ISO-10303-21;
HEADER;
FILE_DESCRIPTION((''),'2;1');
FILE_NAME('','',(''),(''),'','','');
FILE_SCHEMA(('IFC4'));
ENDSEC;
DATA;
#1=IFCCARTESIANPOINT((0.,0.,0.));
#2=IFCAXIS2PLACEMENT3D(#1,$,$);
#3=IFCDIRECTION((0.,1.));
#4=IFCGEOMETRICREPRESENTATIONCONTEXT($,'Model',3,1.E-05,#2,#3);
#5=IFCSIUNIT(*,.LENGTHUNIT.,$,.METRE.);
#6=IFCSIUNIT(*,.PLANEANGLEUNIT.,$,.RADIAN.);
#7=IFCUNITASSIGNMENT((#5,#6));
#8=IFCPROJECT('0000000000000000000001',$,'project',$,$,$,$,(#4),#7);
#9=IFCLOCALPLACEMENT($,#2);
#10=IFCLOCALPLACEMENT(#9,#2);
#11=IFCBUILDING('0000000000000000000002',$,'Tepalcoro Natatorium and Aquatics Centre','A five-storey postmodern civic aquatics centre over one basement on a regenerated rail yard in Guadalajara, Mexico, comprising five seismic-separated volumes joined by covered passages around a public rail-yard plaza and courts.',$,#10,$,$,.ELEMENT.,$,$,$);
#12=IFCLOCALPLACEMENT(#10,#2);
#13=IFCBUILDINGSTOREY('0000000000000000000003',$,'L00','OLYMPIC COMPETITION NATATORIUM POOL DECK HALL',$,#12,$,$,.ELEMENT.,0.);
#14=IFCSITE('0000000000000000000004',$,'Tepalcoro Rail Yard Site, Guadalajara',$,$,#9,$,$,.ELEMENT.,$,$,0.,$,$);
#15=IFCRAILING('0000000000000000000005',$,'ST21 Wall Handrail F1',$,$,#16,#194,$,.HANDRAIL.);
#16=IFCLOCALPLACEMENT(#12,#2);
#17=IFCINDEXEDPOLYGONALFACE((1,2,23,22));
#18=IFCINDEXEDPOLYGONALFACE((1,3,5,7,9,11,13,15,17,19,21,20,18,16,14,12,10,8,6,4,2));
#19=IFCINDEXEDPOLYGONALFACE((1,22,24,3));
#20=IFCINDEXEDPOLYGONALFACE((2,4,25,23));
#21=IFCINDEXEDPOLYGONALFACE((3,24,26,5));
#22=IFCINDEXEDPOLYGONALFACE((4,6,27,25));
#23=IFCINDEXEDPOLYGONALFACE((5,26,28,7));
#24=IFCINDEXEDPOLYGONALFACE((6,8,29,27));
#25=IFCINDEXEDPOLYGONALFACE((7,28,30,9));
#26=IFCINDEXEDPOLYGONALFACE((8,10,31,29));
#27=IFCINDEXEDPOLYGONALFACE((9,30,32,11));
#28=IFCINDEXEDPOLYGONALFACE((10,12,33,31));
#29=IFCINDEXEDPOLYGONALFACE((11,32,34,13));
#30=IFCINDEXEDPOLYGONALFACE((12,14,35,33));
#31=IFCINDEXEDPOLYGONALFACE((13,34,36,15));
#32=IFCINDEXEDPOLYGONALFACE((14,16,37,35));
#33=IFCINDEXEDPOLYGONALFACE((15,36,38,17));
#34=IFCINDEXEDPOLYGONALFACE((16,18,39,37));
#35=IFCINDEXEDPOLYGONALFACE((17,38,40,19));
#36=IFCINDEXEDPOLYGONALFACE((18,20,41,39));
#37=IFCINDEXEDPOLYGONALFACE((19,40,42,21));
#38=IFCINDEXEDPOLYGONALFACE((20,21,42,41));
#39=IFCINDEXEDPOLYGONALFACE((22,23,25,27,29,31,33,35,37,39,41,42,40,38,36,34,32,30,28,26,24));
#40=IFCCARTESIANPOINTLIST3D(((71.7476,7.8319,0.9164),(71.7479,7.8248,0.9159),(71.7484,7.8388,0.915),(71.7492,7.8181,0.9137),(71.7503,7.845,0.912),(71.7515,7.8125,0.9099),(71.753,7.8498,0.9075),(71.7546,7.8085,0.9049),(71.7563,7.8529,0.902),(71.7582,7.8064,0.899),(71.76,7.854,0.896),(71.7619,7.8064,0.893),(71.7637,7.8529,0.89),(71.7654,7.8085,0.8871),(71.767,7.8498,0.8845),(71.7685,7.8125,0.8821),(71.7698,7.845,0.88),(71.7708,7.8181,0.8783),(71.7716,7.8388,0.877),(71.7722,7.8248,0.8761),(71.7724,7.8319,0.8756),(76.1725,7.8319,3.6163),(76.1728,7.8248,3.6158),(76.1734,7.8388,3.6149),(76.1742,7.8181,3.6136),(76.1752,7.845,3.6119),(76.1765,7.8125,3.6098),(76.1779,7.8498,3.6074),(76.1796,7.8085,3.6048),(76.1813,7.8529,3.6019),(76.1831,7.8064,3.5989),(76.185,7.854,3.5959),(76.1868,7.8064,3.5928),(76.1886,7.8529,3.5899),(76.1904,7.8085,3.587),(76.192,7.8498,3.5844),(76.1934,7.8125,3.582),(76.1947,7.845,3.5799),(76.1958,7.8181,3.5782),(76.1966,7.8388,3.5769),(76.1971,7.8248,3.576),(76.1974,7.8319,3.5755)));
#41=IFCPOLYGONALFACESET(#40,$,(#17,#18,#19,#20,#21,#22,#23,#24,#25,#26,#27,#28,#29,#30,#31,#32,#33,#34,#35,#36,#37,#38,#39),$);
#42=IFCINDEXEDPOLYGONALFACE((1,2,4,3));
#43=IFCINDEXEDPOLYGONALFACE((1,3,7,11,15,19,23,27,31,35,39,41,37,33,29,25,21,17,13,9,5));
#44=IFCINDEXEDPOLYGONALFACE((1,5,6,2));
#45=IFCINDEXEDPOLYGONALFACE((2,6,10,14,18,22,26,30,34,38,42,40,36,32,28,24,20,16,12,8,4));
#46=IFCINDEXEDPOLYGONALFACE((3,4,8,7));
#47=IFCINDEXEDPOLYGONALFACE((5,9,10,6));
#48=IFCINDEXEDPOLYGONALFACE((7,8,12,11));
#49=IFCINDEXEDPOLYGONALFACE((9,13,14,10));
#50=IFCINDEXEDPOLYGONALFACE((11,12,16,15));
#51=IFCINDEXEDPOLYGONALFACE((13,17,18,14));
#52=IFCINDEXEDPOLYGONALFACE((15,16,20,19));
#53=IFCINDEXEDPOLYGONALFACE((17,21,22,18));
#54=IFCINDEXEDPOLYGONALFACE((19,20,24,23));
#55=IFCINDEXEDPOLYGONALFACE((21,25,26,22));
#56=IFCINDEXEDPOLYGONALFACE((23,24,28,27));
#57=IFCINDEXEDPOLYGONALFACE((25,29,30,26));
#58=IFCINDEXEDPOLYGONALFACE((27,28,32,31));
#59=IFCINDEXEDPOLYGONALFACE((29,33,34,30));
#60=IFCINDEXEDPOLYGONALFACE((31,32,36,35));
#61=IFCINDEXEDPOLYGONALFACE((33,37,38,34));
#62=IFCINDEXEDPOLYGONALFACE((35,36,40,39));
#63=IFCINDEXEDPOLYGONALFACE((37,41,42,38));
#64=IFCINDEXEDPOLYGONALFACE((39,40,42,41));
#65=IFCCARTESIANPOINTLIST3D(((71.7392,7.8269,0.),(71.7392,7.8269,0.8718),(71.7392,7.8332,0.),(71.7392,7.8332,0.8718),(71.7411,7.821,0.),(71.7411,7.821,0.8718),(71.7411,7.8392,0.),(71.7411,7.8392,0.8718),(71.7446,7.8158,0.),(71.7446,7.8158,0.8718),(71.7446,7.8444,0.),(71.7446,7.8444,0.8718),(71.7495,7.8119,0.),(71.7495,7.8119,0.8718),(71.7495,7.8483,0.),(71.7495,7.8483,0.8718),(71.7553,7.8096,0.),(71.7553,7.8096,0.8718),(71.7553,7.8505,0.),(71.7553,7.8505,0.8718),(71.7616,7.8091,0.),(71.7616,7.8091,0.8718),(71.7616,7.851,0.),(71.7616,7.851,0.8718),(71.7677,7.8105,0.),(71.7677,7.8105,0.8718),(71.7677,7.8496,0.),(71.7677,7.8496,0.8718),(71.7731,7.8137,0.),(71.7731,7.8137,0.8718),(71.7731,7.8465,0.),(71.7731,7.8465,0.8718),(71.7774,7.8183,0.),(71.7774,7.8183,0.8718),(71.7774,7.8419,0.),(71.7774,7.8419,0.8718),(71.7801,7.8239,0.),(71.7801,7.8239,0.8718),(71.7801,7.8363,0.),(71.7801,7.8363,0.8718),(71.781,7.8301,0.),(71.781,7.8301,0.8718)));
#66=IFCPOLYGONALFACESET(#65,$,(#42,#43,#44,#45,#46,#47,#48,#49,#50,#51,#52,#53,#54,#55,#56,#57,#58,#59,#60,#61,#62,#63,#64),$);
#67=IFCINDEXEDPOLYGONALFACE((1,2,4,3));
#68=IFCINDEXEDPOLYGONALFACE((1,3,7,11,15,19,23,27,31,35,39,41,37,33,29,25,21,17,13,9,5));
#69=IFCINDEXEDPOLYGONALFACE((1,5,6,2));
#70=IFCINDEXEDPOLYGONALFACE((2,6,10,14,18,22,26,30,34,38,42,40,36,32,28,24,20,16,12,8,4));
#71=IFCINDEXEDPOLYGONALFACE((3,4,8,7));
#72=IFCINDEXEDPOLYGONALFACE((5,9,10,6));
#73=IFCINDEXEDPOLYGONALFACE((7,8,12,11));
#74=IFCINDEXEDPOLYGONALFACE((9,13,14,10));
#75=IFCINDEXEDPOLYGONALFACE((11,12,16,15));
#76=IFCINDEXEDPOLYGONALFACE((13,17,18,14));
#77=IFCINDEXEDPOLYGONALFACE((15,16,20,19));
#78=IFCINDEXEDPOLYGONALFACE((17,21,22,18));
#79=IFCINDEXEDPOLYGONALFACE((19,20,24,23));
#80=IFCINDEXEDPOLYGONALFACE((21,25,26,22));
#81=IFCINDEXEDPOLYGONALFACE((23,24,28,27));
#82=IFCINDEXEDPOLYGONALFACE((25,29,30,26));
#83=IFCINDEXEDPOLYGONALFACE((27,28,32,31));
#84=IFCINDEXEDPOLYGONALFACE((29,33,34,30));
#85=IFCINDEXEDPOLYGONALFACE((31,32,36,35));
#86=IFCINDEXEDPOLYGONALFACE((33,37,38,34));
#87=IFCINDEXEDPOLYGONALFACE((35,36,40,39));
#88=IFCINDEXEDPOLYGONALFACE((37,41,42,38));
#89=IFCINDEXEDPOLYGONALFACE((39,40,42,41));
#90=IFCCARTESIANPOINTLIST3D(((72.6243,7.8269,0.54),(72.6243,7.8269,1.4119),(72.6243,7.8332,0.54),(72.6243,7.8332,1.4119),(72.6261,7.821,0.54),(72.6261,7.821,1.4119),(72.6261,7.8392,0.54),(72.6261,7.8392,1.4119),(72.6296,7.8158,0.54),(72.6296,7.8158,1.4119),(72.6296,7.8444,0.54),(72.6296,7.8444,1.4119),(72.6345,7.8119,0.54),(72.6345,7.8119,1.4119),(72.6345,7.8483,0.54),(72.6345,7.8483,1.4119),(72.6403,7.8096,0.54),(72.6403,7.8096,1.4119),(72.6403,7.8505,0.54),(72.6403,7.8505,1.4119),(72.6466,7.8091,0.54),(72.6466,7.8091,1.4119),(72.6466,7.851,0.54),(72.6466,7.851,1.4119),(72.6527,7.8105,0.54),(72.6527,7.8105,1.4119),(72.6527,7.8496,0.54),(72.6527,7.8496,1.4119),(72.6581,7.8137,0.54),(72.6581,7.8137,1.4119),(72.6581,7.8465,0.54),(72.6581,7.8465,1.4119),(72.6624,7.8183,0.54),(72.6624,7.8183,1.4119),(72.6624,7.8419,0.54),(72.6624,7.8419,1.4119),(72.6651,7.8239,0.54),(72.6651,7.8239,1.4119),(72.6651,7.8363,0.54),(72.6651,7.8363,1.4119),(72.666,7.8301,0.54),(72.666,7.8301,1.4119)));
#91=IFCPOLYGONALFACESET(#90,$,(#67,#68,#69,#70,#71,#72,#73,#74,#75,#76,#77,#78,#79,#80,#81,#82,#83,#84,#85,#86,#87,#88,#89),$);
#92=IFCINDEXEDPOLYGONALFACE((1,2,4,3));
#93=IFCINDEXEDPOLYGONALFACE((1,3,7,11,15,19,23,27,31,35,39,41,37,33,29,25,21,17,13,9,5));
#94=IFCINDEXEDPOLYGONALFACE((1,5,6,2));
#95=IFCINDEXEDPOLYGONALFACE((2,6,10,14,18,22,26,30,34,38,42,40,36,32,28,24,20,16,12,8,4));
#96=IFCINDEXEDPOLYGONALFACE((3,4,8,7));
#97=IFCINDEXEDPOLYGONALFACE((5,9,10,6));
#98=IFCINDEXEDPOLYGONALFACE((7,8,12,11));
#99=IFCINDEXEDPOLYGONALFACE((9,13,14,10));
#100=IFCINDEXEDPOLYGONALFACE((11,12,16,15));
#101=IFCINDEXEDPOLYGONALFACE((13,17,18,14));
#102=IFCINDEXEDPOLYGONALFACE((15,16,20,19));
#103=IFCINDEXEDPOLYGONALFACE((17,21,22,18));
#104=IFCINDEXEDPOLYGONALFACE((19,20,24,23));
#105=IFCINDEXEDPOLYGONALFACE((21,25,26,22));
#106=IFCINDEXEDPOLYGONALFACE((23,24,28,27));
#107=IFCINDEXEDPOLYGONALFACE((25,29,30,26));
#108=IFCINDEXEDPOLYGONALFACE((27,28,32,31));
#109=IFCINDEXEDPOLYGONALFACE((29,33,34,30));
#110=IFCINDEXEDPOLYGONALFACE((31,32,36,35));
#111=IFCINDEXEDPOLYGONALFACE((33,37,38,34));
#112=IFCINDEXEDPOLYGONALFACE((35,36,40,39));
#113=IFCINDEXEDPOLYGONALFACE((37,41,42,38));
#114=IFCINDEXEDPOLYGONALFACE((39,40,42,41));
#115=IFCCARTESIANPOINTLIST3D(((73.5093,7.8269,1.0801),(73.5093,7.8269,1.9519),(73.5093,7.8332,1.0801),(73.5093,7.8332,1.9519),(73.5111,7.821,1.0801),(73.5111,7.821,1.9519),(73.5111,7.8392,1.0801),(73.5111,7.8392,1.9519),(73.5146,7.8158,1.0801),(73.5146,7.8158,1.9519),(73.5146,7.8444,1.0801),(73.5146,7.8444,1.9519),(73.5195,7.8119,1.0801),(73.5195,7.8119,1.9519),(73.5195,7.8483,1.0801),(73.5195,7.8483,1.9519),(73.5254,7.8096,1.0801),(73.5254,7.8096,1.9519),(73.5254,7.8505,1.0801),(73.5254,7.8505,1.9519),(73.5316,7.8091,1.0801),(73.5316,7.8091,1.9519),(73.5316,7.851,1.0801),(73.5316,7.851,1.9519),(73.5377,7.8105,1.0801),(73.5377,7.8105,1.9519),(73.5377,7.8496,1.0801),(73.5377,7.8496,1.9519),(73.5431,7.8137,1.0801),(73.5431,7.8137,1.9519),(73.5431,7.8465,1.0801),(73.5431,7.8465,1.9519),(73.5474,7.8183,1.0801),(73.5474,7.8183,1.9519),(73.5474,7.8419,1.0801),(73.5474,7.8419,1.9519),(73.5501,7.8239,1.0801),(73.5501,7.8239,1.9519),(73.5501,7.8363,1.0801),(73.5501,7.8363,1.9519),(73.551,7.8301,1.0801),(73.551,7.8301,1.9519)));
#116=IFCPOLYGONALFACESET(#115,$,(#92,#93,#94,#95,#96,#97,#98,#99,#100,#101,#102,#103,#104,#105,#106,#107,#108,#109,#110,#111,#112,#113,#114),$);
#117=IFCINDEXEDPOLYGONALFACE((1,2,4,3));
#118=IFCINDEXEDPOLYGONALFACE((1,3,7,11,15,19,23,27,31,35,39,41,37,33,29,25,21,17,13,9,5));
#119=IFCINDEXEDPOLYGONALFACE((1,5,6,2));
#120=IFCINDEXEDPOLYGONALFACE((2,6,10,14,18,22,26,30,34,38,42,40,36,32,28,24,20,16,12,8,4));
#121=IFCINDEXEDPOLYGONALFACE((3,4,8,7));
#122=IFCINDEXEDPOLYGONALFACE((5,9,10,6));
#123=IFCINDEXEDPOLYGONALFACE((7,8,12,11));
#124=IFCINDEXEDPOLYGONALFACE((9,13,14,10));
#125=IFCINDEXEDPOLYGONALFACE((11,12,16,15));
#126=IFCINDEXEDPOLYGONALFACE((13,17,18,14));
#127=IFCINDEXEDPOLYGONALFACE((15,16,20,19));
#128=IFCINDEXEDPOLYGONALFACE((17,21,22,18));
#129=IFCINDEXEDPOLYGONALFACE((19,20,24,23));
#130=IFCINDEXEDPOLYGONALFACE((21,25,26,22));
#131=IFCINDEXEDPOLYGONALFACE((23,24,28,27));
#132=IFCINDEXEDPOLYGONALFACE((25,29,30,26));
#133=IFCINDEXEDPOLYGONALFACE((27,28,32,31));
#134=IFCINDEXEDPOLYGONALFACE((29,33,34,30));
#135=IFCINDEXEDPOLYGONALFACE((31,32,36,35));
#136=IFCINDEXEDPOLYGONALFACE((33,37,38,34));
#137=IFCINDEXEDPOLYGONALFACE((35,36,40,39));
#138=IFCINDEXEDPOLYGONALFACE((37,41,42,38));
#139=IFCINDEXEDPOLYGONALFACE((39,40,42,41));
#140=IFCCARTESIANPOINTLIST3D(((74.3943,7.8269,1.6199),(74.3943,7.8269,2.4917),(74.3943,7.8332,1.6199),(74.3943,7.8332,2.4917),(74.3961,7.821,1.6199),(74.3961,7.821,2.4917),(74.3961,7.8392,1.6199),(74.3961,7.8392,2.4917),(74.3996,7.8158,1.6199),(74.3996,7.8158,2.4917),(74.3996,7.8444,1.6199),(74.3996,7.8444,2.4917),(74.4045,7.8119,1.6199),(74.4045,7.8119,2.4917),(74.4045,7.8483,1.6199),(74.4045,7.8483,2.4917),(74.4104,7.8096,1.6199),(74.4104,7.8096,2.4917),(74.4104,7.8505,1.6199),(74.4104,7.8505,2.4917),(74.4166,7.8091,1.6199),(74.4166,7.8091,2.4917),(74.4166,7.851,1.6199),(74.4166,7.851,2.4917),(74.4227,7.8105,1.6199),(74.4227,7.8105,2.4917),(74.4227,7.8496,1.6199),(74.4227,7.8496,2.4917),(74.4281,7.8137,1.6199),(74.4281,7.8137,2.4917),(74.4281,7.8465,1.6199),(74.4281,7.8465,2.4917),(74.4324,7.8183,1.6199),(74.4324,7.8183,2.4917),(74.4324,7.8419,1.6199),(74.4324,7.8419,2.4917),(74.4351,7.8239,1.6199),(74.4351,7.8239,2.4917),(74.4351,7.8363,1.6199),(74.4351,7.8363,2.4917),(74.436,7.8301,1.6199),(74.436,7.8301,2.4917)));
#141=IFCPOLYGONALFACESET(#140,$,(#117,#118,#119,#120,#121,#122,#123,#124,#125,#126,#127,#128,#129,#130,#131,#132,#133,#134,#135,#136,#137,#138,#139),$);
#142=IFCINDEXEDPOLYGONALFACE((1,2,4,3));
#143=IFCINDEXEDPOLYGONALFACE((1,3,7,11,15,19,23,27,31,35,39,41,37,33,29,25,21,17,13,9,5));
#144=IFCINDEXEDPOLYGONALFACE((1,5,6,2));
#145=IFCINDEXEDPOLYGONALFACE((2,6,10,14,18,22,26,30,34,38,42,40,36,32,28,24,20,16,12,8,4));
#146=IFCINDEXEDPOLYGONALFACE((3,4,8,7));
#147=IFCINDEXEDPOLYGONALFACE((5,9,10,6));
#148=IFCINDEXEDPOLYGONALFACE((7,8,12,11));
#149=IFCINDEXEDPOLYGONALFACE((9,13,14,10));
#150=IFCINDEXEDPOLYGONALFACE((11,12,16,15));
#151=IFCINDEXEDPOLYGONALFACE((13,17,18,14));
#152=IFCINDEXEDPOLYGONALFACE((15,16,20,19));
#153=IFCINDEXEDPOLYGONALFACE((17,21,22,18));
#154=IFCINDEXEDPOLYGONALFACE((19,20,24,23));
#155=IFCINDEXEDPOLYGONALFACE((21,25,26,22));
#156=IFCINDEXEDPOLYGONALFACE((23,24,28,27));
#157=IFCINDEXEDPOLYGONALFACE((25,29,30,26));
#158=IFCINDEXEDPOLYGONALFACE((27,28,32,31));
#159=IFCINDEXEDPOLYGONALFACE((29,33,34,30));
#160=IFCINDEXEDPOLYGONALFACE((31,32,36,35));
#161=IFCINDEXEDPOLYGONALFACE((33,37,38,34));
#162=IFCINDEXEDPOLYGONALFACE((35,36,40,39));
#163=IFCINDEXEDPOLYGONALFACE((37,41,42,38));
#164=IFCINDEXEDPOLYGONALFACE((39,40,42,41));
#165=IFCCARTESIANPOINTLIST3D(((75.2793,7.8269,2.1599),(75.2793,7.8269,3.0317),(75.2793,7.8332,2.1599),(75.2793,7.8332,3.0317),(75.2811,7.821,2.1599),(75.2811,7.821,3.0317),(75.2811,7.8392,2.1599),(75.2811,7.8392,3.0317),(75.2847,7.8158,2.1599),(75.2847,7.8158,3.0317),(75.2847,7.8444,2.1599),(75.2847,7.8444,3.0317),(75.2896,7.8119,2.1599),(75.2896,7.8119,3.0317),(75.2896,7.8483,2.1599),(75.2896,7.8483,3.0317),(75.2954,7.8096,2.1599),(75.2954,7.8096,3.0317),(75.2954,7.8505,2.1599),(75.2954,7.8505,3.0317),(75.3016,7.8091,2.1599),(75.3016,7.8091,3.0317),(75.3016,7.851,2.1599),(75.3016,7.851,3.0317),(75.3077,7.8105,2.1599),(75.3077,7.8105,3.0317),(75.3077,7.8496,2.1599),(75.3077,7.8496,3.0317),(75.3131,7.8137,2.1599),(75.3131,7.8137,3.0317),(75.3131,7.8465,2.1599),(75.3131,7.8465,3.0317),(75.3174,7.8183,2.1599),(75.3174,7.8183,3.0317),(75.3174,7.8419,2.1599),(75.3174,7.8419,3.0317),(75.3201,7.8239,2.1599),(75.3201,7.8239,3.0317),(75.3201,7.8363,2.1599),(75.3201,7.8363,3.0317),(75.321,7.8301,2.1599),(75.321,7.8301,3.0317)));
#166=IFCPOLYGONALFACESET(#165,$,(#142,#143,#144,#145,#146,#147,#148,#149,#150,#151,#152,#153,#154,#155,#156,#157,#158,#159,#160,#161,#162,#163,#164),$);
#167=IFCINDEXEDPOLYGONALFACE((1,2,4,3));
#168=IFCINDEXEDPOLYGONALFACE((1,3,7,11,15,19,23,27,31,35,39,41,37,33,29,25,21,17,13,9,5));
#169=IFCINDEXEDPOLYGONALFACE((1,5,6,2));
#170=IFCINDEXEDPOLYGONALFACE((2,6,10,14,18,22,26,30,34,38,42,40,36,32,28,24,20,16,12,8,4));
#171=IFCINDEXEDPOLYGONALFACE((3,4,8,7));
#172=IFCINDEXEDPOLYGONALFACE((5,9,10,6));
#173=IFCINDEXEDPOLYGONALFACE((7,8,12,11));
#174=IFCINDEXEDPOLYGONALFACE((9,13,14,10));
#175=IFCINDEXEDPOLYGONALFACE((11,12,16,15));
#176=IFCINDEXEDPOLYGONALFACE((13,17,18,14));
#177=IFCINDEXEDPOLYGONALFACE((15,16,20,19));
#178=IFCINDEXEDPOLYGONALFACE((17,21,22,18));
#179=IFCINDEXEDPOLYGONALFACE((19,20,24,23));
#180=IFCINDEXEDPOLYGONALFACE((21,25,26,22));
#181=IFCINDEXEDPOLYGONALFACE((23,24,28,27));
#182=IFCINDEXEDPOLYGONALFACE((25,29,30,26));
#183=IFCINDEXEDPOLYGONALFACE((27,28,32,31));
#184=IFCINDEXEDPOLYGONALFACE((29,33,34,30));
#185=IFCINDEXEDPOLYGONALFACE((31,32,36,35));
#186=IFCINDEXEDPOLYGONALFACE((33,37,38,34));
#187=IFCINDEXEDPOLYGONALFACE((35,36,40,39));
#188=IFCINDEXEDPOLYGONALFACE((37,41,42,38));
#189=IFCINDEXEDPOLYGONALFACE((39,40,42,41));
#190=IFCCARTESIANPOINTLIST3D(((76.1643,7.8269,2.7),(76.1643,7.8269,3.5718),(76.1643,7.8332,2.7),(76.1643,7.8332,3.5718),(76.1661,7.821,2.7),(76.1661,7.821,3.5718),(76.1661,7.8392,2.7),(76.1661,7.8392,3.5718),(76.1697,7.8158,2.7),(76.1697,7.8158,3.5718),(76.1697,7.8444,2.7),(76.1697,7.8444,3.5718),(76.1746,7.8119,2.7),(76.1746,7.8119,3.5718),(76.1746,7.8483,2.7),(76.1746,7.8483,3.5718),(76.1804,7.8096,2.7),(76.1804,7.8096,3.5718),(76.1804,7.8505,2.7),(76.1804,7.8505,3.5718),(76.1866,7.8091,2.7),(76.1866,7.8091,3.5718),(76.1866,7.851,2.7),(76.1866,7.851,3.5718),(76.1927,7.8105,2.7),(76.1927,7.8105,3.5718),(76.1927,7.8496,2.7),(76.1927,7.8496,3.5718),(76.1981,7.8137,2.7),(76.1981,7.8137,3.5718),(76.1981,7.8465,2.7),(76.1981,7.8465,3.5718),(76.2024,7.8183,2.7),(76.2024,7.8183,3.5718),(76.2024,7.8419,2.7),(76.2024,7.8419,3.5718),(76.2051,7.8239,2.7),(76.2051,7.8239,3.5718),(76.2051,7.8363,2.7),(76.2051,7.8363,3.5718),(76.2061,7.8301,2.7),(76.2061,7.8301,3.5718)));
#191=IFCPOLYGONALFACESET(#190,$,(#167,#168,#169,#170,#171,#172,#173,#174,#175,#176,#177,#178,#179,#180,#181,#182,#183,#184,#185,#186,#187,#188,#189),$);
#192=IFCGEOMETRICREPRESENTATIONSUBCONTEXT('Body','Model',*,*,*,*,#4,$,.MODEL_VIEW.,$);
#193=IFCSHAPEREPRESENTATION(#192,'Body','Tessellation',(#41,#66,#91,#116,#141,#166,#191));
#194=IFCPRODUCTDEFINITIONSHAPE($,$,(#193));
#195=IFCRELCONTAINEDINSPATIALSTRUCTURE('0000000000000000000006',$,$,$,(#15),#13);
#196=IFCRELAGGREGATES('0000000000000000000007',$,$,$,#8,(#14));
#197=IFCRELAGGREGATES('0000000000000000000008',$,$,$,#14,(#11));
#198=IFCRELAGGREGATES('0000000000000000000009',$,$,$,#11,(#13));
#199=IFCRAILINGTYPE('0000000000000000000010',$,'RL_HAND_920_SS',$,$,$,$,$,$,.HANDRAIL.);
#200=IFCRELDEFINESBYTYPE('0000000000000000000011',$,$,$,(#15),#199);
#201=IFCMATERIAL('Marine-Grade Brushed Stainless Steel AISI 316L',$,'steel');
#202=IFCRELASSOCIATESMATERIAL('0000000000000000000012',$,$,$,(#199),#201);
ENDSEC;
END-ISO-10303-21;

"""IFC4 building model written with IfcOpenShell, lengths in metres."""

from ifc_helpers import new_model, si_unit, direction, frame, origin, origin_2d, place, context, subcontext, project, spatial, circle, extrude, material, type_object, element, save


model = new_model("IFC4")

# Units and contexts
model_context = context("Model", 3, precision=1e-05, world=origin(), true_north=direction((0.0, 1.0)))
body_context = subcontext(model_context, "Body", "Model", "MODEL_VIEW")
ifc_project = project(units=[si_unit("LENGTHUNIT", "METRE"), si_unit("PLANEANGLEUNIT", "RADIAN")], contexts=[model_context])

# Site, building, storey
site_placement = place(None, origin())
site = spatial("IfcSite", under=ifc_project, at=site_placement, Name="Tepalcoro Rail Yard Site, Guadalajara", CompositionType="ELEMENT", RefElevation=0.0)
building_placement = place(site_placement, origin())
building = spatial("IfcBuilding", under=site, at=building_placement, Name="Tepalcoro Natatorium and Aquatics Centre", Description="A five-storey postmodern civic aquatics centre over one basement on a regenerated rail yard in Guadalajara, Mexico, comprising five seismic-separated volumes joined by covered passages around a public rail-yard plaza and courts.", CompositionType="ELEMENT")
storey_placement = place(building_placement, origin())
storey = spatial("IfcBuildingStorey", under=building, at=storey_placement, Name="L00", Description="OLYMPIC COMPETITION NATATORIUM POOL DECK HALL", CompositionType="ELEMENT", Elevation=0.0)

# Railing
ifc_material_1 = material(Name="Marine-Grade Brushed Stainless Steel AISI 316L", Category="steel")
railing_type_1 = type_object("IfcRailingType", Name="RL_HAND_920_SS", PredefinedType="HANDRAIL", material=ifc_material_1)
railing_1_placement = place(storey_placement, frame((71.76, 7.8301, 0.0)))
element("IfcRailing", 1, at=railing_1_placement, inside=storey, type_object=railing_type_1, Name="ST21 Wall Handrail F1", PredefinedType="HANDRAIL", context=body_context, shape_type="SweptSolid", body=[
    extrude(circle(Radius=0.0239, at=origin_2d()), frame((0.0, 0.0, 0.896), z_axis=(0.853646, 0.0, 0.520854), x_axis=(0.0, 1.0, 0.0)), (0.0, 0.0, 1.0), 5.1836),
    extrude(circle(Radius=0.021, at=origin_2d()), origin(), (0.0, 0.0, 1.0), 0.8718),
    extrude(circle(Radius=0.021, at=origin_2d()), frame((0.885, 0.0, 0.54)), (0.0, 0.0, 1.0), 0.8718),
    extrude(circle(Radius=0.021, at=origin_2d()), frame((1.77, 0.0, 1.0801)), (0.0, 0.0, 1.0), 0.8718),
    extrude(circle(Radius=0.021, at=origin_2d()), frame((2.655, 0.0, 1.6199)), (0.0, 0.0, 1.0), 0.8718),
    extrude(circle(Radius=0.021, at=origin_2d()), frame((3.54, 0.0, 2.1599)), (0.0, 0.0, 1.0), 0.8718),
    extrude(circle(Radius=0.021, at=origin_2d()), frame((4.425, 0.0, 2.7)), (0.0, 0.0, 1.0), 0.8718),
])

save(model, "model.ifc")
